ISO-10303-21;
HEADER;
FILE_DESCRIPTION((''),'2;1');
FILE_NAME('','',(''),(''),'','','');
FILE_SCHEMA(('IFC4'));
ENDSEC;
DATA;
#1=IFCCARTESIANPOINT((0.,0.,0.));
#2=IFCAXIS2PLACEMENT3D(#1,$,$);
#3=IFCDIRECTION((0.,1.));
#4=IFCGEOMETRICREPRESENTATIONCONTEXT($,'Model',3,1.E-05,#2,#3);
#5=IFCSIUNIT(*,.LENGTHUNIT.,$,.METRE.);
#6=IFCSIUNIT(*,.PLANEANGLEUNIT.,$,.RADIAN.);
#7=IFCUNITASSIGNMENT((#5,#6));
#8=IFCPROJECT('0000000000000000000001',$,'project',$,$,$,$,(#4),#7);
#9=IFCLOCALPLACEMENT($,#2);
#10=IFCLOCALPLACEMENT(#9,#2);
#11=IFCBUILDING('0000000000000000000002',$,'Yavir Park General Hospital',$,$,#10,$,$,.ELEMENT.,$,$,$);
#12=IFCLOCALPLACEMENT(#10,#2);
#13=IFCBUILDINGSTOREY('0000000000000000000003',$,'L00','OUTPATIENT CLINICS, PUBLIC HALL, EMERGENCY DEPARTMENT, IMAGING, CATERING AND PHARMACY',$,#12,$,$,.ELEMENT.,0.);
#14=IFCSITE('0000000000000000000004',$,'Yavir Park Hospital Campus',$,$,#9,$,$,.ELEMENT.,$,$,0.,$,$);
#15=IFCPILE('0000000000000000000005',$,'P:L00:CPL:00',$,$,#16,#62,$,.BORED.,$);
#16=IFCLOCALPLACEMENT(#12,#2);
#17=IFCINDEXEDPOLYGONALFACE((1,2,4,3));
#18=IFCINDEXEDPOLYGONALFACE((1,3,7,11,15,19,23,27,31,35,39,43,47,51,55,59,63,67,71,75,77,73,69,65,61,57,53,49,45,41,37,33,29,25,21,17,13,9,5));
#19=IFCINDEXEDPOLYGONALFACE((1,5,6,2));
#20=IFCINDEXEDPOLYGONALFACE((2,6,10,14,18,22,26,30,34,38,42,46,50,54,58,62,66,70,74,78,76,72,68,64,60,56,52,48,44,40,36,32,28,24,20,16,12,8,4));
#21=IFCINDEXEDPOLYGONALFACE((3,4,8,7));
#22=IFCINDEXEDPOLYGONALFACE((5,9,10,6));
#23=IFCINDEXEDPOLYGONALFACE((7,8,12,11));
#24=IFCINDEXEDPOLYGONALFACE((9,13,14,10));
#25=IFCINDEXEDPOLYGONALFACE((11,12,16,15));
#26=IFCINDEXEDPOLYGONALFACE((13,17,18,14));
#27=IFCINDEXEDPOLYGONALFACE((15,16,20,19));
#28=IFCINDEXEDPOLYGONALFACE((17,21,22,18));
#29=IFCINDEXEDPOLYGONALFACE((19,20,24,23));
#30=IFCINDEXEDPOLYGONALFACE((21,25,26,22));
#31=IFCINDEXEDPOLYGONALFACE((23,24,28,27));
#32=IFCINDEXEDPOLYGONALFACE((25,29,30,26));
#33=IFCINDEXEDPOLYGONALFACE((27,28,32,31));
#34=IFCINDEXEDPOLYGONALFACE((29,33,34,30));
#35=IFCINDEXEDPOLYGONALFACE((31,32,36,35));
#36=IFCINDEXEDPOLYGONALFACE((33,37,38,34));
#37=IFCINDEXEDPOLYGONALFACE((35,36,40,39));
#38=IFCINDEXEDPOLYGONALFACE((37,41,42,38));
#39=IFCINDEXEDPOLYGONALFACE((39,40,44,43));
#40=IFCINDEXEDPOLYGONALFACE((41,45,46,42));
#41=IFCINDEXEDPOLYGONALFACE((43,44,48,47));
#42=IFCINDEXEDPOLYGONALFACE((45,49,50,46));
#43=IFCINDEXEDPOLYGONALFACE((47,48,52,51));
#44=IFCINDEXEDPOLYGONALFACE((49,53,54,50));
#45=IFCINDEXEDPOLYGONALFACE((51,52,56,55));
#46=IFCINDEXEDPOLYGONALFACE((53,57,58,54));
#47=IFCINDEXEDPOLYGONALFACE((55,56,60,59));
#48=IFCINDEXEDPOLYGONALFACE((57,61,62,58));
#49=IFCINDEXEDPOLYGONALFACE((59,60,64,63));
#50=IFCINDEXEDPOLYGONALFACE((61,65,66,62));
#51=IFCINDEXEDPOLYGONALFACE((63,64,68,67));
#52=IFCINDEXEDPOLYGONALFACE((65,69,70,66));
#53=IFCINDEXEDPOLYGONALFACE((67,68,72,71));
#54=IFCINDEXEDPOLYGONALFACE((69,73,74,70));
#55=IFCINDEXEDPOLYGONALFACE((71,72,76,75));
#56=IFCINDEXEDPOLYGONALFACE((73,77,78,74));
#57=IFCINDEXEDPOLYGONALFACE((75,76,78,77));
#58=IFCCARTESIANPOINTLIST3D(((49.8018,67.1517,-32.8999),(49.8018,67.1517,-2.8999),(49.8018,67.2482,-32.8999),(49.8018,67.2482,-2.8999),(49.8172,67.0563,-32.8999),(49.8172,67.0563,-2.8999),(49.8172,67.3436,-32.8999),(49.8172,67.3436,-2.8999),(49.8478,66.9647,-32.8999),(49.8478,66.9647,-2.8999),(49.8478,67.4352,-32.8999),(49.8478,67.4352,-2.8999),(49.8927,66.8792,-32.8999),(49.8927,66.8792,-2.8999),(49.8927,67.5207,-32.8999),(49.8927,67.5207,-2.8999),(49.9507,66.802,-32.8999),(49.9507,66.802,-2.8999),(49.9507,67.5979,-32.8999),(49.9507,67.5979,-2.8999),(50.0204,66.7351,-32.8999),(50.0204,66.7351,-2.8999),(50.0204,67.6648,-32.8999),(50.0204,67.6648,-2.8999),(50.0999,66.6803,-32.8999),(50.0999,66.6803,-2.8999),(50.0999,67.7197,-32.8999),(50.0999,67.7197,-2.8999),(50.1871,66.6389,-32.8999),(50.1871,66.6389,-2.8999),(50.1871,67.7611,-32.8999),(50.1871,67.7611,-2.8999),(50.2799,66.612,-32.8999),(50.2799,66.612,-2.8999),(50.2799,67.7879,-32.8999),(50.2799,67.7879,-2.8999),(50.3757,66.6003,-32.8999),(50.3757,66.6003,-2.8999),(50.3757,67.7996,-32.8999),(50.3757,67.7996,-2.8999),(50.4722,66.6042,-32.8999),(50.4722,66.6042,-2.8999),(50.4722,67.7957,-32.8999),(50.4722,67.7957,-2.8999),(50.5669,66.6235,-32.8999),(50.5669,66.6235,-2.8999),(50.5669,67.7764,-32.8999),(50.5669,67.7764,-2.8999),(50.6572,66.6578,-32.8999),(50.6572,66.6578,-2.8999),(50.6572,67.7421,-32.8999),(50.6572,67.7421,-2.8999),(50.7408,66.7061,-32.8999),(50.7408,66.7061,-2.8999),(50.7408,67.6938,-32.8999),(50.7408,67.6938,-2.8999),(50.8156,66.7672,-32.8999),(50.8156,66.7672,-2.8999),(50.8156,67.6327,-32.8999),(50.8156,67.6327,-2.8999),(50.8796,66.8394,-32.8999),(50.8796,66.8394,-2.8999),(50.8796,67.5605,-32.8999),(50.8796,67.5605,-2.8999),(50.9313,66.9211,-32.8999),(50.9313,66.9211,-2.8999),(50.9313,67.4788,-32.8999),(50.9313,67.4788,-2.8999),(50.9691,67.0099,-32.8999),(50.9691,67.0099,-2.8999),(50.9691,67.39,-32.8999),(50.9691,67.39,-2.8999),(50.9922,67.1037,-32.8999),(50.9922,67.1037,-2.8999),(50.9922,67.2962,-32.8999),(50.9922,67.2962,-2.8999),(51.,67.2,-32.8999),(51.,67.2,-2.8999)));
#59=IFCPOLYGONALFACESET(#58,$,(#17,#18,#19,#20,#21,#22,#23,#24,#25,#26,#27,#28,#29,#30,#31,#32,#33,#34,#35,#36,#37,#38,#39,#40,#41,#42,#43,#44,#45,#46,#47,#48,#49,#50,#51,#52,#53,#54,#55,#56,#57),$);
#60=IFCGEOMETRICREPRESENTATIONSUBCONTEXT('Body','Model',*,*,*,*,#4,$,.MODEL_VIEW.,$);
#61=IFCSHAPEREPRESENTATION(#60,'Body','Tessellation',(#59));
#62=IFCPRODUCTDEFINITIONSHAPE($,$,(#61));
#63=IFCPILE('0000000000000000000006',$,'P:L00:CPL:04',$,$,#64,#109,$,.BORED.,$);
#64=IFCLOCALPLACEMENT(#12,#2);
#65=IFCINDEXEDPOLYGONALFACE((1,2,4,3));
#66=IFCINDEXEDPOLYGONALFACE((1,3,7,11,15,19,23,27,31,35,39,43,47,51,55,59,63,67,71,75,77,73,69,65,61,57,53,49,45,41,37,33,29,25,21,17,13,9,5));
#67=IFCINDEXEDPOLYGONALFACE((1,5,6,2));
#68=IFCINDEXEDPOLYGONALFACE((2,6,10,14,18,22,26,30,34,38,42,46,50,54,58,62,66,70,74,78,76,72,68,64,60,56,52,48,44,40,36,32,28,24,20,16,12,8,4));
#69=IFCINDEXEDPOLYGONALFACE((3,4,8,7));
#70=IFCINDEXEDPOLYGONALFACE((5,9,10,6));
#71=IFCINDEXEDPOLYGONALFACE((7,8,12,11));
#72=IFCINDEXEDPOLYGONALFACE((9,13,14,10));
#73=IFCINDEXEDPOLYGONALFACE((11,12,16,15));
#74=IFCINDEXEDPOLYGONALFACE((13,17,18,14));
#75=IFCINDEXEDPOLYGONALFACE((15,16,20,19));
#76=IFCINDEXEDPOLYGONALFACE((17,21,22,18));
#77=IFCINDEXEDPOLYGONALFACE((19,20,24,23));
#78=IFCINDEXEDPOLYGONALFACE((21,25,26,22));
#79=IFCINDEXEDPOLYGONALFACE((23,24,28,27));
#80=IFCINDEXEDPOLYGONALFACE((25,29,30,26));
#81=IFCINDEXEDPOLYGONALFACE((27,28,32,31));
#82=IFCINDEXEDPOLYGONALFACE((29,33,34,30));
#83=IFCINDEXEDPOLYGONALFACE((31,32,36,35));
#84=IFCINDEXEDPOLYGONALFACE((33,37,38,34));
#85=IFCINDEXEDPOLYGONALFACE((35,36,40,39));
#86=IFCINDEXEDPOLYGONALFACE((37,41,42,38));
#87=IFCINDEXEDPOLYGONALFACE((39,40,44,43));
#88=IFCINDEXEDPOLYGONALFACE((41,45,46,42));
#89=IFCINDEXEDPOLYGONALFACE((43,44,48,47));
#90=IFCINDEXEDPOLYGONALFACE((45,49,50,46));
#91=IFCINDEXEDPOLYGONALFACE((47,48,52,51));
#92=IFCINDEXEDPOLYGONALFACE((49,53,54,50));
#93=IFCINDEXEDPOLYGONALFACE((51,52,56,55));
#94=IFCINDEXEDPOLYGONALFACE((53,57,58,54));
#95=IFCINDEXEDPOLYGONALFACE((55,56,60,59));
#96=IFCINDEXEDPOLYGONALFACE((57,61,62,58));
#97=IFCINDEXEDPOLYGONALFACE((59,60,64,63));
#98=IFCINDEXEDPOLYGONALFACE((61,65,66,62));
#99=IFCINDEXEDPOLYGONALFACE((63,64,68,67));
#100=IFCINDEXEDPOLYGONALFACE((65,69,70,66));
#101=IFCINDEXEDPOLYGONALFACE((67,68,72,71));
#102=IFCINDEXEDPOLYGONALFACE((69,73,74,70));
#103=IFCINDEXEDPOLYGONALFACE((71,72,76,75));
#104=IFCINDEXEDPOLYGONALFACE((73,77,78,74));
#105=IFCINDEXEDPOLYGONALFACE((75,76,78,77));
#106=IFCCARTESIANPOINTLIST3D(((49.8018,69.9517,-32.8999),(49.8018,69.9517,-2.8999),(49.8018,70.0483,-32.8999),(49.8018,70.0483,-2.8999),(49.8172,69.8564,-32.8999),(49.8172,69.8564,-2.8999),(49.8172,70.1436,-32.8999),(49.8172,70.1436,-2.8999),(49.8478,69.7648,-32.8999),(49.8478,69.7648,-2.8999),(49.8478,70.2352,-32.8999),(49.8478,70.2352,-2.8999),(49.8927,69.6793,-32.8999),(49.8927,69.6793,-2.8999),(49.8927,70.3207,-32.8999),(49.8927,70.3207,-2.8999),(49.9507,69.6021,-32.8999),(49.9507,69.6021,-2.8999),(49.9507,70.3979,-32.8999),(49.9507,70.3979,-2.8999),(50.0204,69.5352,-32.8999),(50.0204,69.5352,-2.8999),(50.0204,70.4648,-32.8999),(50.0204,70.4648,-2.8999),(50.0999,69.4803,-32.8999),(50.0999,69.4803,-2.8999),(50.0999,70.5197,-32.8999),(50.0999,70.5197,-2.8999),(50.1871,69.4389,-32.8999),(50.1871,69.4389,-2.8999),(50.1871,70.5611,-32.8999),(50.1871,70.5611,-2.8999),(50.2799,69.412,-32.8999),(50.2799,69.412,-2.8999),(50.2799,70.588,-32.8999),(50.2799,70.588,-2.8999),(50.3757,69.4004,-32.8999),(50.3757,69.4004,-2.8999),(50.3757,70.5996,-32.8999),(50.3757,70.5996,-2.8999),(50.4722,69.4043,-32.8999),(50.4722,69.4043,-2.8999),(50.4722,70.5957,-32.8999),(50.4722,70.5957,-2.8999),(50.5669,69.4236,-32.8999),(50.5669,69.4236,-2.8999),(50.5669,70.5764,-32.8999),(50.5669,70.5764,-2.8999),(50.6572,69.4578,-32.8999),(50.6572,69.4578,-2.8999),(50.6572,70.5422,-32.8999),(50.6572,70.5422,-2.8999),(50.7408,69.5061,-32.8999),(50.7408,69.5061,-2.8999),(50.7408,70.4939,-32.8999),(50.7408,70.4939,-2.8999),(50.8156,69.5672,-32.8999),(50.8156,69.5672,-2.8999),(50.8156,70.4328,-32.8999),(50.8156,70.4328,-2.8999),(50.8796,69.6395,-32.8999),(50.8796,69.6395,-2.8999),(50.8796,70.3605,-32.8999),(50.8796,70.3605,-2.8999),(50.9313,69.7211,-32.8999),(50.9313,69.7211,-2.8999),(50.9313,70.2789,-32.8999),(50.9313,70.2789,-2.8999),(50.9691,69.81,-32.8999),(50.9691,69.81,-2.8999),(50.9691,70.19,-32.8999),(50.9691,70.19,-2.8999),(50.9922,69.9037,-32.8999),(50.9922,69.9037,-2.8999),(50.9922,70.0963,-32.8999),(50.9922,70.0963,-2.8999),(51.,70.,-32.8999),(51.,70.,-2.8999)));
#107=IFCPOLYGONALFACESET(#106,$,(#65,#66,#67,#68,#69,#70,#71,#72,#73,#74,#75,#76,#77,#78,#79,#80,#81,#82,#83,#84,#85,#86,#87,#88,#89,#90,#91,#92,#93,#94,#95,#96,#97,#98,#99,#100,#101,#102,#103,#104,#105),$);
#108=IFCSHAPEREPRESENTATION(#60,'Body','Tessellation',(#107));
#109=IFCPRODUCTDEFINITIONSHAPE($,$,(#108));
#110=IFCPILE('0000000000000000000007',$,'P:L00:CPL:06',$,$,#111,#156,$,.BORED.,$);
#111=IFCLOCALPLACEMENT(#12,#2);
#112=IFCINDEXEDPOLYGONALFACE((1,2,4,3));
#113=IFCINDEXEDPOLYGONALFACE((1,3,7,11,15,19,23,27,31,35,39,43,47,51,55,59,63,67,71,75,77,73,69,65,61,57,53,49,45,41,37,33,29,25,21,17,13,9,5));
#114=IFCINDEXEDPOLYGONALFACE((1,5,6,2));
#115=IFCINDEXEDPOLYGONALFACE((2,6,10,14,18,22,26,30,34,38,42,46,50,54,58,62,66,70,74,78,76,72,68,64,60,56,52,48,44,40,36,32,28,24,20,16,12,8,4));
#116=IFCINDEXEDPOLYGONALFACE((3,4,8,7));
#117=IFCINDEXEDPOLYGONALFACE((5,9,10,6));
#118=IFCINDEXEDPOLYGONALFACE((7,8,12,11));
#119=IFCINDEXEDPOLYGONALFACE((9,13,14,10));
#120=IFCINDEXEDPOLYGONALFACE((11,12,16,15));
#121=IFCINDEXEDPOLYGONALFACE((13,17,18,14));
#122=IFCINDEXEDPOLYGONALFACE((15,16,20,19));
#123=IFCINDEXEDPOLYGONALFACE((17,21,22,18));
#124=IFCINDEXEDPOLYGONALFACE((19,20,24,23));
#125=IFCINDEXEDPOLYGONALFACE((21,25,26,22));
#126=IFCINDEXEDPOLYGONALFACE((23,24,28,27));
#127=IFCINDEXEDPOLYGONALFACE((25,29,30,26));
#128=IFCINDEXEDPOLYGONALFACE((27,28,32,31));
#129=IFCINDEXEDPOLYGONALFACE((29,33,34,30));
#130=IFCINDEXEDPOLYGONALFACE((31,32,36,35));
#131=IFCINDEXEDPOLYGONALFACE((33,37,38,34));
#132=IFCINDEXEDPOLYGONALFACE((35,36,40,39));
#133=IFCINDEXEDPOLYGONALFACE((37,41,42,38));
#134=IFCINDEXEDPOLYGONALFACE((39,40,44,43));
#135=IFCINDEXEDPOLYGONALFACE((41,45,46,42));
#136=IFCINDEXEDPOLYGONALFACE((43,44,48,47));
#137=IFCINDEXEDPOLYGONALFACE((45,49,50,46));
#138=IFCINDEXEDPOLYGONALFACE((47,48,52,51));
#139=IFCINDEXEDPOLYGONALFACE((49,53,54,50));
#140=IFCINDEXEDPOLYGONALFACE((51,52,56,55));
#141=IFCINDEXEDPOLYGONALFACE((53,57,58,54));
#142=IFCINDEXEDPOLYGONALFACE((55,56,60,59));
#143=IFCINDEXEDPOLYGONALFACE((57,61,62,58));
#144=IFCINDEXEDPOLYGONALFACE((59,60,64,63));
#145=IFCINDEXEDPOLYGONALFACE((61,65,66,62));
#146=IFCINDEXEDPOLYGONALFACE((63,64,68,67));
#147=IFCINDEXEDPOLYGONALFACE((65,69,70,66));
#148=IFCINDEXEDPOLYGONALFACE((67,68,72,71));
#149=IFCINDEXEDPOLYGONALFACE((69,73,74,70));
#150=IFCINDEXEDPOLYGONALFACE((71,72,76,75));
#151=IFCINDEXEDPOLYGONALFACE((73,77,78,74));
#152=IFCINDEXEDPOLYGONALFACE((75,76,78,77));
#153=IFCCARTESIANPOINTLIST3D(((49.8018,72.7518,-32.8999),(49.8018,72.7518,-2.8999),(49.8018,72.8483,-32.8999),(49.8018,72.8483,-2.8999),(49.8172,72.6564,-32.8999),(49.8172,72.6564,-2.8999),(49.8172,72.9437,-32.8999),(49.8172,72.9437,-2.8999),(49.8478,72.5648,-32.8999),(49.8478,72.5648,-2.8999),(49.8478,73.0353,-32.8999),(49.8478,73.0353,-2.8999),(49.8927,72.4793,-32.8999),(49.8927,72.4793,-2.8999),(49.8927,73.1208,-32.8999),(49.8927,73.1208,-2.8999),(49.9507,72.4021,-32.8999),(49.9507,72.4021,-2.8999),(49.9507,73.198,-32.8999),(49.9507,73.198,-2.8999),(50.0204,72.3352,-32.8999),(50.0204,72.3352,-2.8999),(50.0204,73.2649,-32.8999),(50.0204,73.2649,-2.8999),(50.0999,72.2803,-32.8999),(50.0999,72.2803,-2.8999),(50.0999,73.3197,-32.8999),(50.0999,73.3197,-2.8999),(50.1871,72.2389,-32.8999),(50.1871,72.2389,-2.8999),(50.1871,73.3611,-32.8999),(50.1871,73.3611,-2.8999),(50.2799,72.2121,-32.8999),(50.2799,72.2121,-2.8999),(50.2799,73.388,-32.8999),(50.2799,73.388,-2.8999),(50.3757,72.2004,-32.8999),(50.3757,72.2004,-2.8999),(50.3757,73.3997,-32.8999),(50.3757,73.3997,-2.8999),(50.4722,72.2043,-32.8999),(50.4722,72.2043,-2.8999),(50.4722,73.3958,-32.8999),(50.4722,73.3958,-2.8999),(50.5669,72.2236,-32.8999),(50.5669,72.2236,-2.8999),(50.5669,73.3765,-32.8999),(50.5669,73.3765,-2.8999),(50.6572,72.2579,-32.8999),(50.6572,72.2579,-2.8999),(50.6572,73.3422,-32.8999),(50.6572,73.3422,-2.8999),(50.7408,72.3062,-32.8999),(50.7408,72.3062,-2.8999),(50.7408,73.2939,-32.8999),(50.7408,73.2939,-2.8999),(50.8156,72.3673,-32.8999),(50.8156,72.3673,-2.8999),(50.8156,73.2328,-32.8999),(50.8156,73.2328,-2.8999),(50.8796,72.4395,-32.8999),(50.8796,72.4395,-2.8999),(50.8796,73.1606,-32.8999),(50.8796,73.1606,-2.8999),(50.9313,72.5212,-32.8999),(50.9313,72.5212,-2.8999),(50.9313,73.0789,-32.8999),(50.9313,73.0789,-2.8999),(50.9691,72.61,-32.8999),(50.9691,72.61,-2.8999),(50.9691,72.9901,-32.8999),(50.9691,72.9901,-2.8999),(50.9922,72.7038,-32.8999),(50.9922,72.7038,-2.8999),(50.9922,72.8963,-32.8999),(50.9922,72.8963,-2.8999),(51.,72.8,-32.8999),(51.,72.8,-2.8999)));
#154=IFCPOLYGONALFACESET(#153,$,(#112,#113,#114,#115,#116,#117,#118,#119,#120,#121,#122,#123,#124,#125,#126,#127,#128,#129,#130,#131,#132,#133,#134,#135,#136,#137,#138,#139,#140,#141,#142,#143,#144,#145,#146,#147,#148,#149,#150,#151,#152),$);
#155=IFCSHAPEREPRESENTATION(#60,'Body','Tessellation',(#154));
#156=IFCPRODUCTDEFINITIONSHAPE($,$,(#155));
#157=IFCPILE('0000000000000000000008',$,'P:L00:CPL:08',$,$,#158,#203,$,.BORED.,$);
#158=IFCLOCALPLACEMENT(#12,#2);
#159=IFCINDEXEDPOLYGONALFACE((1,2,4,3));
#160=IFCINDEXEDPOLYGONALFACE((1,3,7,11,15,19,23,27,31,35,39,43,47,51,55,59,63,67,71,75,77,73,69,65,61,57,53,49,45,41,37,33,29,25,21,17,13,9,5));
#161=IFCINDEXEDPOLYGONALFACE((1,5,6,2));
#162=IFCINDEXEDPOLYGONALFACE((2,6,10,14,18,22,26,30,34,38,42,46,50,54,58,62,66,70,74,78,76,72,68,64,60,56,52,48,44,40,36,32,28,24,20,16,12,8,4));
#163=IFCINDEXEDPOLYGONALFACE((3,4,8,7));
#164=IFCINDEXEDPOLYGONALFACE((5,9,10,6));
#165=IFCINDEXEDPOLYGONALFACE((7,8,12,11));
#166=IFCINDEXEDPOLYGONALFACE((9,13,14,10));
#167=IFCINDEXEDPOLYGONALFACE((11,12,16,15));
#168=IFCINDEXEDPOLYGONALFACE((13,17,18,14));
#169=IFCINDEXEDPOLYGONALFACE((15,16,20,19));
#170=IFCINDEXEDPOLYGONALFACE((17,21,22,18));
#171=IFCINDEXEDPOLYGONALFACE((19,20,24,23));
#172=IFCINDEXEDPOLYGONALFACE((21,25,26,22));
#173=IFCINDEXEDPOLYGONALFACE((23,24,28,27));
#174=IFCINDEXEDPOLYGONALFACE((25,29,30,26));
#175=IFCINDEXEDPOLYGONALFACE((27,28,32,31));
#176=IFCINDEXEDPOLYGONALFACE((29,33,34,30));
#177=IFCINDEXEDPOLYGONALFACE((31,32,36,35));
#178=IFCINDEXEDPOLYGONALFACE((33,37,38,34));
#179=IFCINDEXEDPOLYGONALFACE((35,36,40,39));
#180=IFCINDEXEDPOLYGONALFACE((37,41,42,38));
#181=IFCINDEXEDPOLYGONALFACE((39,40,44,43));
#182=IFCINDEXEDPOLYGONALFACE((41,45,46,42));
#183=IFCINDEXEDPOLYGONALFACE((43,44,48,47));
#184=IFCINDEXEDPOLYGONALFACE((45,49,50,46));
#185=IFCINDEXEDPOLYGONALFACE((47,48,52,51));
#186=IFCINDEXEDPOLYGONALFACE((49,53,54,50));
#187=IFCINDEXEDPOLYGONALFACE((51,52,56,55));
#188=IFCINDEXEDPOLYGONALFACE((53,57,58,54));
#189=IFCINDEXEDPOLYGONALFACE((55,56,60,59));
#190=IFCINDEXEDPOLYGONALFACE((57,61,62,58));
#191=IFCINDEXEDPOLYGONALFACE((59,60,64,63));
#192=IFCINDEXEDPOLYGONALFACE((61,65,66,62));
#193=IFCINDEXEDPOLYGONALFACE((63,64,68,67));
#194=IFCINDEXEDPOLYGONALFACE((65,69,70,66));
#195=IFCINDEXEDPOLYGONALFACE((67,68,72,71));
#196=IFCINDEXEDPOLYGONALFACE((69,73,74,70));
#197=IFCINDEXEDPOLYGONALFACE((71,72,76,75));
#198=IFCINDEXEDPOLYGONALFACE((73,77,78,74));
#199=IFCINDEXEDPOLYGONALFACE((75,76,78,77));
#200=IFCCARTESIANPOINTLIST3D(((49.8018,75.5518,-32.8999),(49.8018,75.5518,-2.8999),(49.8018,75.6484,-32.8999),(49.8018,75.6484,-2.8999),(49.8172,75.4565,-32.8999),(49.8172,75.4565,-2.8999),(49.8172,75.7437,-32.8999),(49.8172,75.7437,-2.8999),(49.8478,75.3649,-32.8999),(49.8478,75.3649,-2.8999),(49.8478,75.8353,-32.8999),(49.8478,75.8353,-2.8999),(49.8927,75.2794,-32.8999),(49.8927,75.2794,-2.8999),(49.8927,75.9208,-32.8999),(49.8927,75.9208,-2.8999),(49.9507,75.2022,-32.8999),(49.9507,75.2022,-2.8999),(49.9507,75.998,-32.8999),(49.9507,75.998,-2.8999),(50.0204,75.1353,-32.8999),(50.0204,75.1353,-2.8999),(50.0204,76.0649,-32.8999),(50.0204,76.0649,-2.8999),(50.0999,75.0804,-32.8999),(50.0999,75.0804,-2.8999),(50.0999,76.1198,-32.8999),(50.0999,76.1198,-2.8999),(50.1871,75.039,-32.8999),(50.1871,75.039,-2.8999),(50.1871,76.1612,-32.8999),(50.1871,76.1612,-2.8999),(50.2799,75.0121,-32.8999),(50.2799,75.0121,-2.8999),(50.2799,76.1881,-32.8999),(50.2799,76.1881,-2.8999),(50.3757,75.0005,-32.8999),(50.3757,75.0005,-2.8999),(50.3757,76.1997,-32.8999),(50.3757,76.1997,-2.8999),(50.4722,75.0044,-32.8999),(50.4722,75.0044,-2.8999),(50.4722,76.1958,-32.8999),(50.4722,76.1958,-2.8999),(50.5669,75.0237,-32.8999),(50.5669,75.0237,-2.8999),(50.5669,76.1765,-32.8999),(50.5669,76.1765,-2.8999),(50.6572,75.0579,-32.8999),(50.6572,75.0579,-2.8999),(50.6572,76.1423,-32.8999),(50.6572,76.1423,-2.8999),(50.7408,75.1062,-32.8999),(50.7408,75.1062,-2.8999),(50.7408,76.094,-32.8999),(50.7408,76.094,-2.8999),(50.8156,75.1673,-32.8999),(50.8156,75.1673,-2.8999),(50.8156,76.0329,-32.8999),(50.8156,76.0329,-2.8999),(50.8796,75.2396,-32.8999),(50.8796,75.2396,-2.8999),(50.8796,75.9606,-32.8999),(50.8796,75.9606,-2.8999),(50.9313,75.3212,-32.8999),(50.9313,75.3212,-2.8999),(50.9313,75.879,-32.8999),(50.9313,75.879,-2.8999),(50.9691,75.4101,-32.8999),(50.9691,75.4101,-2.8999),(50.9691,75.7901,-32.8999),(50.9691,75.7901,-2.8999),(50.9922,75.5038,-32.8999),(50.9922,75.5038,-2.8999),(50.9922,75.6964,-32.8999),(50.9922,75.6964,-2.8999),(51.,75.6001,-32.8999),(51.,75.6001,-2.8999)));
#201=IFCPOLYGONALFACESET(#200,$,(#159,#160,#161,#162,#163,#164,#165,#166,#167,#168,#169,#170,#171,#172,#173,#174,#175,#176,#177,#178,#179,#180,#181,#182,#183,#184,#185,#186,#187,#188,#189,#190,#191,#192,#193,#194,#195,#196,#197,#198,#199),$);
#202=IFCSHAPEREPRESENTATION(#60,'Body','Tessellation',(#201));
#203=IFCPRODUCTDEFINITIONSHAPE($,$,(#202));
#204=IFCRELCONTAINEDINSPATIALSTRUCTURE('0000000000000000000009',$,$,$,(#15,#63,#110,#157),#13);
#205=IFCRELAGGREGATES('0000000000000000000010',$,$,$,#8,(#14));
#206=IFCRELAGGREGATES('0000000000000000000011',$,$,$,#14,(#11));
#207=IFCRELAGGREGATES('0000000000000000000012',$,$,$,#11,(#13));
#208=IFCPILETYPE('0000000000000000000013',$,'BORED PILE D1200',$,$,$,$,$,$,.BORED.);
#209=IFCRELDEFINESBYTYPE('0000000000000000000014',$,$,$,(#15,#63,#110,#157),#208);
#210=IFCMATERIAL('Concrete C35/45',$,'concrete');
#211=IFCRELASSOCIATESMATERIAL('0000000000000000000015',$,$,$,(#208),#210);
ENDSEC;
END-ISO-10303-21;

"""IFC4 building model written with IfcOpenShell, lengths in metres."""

from ifc_helpers import new_model, si_unit, direction, frame, origin, origin_2d, place, context, subcontext, project, spatial, circle, extrude, material, material_profile, profile_set, type_object, element, save


model = new_model("IFC4")

# Units and contexts
model_context = context("Model", 3, precision=1e-05, world=origin(), true_north=direction((0.0, 1.0)))
body_context = subcontext(model_context, "Body", "Model", "MODEL_VIEW")
ifc_project = project(units=[si_unit("LENGTHUNIT", "METRE"), si_unit("PLANEANGLEUNIT", "RADIAN")], contexts=[model_context])

# Site, building, storey
site_placement = place(None, origin())
site = spatial("IfcSite", under=ifc_project, at=site_placement, Name="Yavir Park Hospital Campus", CompositionType="ELEMENT", RefElevation=0.0)
building_placement = place(site_placement, origin())
building = spatial("IfcBuilding", under=site, at=building_placement, Name="Yavir Park General Hospital", CompositionType="ELEMENT")
storey_placement = place(building_placement, origin())
storey = spatial("IfcBuildingStorey", under=building, at=storey_placement, Name="L00", Description="OUTPATIENT CLINICS, PUBLIC HALL, EMERGENCY DEPARTMENT, IMAGING, CATERING AND PHARMACY", CompositionType="ELEMENT", Elevation=0.0)

# Piles
ifc_material_1 = material(Name="Concrete C35/45", Category="concrete")
ifc_material_profile_1 = material_profile(ifc_material_1, circle(Radius=0.6001, at=origin_2d()), Name="D1200")
ifc_profile_set_1 = profile_set([ifc_material_profile_1], Name="Concrete C35/45")
pile_type = type_object("IfcPileType", Name="BORED PILE D1200", PredefinedType="BORED", material=ifc_profile_set_1)
for number, where, z_axis, x_axis, name in (
    (1, (50.3999, 67.2, -2.8999), (0.0, 0.0, -1.0), (1.0, 0.0, 0.0), "P:L00:CPL:00"),
    (2, (50.3999, 70.0, -2.8999), (0.0, 0.0, -1.0), (1.0, 0.0, 0.0), "P:L00:CPL:04"),
    (3, (50.3999, 72.8, -2.8999), (0.0, 0.0, -1.0), (1.0, 0.0, 0.0), "P:L00:CPL:06"),
    (4, (50.3999, 75.6001, -2.8999), (0.0, 0.0, -1.0), (1.0, 0.0, 0.0), "P:L00:CPL:08"),
):
    element("IfcPile", number, at=place(storey_placement, frame(where, z_axis=z_axis, x_axis=x_axis)), inside=storey, type_object=pile_type, Name=name, PredefinedType="BORED", context=body_context, shape_type="SweptSolid", body=[
        extrude(circle(Radius=0.6001, at=origin_2d()), origin(), (0.0, 0.0, 1.0), 30.0),
    ])

save(model, "model.ifc")
